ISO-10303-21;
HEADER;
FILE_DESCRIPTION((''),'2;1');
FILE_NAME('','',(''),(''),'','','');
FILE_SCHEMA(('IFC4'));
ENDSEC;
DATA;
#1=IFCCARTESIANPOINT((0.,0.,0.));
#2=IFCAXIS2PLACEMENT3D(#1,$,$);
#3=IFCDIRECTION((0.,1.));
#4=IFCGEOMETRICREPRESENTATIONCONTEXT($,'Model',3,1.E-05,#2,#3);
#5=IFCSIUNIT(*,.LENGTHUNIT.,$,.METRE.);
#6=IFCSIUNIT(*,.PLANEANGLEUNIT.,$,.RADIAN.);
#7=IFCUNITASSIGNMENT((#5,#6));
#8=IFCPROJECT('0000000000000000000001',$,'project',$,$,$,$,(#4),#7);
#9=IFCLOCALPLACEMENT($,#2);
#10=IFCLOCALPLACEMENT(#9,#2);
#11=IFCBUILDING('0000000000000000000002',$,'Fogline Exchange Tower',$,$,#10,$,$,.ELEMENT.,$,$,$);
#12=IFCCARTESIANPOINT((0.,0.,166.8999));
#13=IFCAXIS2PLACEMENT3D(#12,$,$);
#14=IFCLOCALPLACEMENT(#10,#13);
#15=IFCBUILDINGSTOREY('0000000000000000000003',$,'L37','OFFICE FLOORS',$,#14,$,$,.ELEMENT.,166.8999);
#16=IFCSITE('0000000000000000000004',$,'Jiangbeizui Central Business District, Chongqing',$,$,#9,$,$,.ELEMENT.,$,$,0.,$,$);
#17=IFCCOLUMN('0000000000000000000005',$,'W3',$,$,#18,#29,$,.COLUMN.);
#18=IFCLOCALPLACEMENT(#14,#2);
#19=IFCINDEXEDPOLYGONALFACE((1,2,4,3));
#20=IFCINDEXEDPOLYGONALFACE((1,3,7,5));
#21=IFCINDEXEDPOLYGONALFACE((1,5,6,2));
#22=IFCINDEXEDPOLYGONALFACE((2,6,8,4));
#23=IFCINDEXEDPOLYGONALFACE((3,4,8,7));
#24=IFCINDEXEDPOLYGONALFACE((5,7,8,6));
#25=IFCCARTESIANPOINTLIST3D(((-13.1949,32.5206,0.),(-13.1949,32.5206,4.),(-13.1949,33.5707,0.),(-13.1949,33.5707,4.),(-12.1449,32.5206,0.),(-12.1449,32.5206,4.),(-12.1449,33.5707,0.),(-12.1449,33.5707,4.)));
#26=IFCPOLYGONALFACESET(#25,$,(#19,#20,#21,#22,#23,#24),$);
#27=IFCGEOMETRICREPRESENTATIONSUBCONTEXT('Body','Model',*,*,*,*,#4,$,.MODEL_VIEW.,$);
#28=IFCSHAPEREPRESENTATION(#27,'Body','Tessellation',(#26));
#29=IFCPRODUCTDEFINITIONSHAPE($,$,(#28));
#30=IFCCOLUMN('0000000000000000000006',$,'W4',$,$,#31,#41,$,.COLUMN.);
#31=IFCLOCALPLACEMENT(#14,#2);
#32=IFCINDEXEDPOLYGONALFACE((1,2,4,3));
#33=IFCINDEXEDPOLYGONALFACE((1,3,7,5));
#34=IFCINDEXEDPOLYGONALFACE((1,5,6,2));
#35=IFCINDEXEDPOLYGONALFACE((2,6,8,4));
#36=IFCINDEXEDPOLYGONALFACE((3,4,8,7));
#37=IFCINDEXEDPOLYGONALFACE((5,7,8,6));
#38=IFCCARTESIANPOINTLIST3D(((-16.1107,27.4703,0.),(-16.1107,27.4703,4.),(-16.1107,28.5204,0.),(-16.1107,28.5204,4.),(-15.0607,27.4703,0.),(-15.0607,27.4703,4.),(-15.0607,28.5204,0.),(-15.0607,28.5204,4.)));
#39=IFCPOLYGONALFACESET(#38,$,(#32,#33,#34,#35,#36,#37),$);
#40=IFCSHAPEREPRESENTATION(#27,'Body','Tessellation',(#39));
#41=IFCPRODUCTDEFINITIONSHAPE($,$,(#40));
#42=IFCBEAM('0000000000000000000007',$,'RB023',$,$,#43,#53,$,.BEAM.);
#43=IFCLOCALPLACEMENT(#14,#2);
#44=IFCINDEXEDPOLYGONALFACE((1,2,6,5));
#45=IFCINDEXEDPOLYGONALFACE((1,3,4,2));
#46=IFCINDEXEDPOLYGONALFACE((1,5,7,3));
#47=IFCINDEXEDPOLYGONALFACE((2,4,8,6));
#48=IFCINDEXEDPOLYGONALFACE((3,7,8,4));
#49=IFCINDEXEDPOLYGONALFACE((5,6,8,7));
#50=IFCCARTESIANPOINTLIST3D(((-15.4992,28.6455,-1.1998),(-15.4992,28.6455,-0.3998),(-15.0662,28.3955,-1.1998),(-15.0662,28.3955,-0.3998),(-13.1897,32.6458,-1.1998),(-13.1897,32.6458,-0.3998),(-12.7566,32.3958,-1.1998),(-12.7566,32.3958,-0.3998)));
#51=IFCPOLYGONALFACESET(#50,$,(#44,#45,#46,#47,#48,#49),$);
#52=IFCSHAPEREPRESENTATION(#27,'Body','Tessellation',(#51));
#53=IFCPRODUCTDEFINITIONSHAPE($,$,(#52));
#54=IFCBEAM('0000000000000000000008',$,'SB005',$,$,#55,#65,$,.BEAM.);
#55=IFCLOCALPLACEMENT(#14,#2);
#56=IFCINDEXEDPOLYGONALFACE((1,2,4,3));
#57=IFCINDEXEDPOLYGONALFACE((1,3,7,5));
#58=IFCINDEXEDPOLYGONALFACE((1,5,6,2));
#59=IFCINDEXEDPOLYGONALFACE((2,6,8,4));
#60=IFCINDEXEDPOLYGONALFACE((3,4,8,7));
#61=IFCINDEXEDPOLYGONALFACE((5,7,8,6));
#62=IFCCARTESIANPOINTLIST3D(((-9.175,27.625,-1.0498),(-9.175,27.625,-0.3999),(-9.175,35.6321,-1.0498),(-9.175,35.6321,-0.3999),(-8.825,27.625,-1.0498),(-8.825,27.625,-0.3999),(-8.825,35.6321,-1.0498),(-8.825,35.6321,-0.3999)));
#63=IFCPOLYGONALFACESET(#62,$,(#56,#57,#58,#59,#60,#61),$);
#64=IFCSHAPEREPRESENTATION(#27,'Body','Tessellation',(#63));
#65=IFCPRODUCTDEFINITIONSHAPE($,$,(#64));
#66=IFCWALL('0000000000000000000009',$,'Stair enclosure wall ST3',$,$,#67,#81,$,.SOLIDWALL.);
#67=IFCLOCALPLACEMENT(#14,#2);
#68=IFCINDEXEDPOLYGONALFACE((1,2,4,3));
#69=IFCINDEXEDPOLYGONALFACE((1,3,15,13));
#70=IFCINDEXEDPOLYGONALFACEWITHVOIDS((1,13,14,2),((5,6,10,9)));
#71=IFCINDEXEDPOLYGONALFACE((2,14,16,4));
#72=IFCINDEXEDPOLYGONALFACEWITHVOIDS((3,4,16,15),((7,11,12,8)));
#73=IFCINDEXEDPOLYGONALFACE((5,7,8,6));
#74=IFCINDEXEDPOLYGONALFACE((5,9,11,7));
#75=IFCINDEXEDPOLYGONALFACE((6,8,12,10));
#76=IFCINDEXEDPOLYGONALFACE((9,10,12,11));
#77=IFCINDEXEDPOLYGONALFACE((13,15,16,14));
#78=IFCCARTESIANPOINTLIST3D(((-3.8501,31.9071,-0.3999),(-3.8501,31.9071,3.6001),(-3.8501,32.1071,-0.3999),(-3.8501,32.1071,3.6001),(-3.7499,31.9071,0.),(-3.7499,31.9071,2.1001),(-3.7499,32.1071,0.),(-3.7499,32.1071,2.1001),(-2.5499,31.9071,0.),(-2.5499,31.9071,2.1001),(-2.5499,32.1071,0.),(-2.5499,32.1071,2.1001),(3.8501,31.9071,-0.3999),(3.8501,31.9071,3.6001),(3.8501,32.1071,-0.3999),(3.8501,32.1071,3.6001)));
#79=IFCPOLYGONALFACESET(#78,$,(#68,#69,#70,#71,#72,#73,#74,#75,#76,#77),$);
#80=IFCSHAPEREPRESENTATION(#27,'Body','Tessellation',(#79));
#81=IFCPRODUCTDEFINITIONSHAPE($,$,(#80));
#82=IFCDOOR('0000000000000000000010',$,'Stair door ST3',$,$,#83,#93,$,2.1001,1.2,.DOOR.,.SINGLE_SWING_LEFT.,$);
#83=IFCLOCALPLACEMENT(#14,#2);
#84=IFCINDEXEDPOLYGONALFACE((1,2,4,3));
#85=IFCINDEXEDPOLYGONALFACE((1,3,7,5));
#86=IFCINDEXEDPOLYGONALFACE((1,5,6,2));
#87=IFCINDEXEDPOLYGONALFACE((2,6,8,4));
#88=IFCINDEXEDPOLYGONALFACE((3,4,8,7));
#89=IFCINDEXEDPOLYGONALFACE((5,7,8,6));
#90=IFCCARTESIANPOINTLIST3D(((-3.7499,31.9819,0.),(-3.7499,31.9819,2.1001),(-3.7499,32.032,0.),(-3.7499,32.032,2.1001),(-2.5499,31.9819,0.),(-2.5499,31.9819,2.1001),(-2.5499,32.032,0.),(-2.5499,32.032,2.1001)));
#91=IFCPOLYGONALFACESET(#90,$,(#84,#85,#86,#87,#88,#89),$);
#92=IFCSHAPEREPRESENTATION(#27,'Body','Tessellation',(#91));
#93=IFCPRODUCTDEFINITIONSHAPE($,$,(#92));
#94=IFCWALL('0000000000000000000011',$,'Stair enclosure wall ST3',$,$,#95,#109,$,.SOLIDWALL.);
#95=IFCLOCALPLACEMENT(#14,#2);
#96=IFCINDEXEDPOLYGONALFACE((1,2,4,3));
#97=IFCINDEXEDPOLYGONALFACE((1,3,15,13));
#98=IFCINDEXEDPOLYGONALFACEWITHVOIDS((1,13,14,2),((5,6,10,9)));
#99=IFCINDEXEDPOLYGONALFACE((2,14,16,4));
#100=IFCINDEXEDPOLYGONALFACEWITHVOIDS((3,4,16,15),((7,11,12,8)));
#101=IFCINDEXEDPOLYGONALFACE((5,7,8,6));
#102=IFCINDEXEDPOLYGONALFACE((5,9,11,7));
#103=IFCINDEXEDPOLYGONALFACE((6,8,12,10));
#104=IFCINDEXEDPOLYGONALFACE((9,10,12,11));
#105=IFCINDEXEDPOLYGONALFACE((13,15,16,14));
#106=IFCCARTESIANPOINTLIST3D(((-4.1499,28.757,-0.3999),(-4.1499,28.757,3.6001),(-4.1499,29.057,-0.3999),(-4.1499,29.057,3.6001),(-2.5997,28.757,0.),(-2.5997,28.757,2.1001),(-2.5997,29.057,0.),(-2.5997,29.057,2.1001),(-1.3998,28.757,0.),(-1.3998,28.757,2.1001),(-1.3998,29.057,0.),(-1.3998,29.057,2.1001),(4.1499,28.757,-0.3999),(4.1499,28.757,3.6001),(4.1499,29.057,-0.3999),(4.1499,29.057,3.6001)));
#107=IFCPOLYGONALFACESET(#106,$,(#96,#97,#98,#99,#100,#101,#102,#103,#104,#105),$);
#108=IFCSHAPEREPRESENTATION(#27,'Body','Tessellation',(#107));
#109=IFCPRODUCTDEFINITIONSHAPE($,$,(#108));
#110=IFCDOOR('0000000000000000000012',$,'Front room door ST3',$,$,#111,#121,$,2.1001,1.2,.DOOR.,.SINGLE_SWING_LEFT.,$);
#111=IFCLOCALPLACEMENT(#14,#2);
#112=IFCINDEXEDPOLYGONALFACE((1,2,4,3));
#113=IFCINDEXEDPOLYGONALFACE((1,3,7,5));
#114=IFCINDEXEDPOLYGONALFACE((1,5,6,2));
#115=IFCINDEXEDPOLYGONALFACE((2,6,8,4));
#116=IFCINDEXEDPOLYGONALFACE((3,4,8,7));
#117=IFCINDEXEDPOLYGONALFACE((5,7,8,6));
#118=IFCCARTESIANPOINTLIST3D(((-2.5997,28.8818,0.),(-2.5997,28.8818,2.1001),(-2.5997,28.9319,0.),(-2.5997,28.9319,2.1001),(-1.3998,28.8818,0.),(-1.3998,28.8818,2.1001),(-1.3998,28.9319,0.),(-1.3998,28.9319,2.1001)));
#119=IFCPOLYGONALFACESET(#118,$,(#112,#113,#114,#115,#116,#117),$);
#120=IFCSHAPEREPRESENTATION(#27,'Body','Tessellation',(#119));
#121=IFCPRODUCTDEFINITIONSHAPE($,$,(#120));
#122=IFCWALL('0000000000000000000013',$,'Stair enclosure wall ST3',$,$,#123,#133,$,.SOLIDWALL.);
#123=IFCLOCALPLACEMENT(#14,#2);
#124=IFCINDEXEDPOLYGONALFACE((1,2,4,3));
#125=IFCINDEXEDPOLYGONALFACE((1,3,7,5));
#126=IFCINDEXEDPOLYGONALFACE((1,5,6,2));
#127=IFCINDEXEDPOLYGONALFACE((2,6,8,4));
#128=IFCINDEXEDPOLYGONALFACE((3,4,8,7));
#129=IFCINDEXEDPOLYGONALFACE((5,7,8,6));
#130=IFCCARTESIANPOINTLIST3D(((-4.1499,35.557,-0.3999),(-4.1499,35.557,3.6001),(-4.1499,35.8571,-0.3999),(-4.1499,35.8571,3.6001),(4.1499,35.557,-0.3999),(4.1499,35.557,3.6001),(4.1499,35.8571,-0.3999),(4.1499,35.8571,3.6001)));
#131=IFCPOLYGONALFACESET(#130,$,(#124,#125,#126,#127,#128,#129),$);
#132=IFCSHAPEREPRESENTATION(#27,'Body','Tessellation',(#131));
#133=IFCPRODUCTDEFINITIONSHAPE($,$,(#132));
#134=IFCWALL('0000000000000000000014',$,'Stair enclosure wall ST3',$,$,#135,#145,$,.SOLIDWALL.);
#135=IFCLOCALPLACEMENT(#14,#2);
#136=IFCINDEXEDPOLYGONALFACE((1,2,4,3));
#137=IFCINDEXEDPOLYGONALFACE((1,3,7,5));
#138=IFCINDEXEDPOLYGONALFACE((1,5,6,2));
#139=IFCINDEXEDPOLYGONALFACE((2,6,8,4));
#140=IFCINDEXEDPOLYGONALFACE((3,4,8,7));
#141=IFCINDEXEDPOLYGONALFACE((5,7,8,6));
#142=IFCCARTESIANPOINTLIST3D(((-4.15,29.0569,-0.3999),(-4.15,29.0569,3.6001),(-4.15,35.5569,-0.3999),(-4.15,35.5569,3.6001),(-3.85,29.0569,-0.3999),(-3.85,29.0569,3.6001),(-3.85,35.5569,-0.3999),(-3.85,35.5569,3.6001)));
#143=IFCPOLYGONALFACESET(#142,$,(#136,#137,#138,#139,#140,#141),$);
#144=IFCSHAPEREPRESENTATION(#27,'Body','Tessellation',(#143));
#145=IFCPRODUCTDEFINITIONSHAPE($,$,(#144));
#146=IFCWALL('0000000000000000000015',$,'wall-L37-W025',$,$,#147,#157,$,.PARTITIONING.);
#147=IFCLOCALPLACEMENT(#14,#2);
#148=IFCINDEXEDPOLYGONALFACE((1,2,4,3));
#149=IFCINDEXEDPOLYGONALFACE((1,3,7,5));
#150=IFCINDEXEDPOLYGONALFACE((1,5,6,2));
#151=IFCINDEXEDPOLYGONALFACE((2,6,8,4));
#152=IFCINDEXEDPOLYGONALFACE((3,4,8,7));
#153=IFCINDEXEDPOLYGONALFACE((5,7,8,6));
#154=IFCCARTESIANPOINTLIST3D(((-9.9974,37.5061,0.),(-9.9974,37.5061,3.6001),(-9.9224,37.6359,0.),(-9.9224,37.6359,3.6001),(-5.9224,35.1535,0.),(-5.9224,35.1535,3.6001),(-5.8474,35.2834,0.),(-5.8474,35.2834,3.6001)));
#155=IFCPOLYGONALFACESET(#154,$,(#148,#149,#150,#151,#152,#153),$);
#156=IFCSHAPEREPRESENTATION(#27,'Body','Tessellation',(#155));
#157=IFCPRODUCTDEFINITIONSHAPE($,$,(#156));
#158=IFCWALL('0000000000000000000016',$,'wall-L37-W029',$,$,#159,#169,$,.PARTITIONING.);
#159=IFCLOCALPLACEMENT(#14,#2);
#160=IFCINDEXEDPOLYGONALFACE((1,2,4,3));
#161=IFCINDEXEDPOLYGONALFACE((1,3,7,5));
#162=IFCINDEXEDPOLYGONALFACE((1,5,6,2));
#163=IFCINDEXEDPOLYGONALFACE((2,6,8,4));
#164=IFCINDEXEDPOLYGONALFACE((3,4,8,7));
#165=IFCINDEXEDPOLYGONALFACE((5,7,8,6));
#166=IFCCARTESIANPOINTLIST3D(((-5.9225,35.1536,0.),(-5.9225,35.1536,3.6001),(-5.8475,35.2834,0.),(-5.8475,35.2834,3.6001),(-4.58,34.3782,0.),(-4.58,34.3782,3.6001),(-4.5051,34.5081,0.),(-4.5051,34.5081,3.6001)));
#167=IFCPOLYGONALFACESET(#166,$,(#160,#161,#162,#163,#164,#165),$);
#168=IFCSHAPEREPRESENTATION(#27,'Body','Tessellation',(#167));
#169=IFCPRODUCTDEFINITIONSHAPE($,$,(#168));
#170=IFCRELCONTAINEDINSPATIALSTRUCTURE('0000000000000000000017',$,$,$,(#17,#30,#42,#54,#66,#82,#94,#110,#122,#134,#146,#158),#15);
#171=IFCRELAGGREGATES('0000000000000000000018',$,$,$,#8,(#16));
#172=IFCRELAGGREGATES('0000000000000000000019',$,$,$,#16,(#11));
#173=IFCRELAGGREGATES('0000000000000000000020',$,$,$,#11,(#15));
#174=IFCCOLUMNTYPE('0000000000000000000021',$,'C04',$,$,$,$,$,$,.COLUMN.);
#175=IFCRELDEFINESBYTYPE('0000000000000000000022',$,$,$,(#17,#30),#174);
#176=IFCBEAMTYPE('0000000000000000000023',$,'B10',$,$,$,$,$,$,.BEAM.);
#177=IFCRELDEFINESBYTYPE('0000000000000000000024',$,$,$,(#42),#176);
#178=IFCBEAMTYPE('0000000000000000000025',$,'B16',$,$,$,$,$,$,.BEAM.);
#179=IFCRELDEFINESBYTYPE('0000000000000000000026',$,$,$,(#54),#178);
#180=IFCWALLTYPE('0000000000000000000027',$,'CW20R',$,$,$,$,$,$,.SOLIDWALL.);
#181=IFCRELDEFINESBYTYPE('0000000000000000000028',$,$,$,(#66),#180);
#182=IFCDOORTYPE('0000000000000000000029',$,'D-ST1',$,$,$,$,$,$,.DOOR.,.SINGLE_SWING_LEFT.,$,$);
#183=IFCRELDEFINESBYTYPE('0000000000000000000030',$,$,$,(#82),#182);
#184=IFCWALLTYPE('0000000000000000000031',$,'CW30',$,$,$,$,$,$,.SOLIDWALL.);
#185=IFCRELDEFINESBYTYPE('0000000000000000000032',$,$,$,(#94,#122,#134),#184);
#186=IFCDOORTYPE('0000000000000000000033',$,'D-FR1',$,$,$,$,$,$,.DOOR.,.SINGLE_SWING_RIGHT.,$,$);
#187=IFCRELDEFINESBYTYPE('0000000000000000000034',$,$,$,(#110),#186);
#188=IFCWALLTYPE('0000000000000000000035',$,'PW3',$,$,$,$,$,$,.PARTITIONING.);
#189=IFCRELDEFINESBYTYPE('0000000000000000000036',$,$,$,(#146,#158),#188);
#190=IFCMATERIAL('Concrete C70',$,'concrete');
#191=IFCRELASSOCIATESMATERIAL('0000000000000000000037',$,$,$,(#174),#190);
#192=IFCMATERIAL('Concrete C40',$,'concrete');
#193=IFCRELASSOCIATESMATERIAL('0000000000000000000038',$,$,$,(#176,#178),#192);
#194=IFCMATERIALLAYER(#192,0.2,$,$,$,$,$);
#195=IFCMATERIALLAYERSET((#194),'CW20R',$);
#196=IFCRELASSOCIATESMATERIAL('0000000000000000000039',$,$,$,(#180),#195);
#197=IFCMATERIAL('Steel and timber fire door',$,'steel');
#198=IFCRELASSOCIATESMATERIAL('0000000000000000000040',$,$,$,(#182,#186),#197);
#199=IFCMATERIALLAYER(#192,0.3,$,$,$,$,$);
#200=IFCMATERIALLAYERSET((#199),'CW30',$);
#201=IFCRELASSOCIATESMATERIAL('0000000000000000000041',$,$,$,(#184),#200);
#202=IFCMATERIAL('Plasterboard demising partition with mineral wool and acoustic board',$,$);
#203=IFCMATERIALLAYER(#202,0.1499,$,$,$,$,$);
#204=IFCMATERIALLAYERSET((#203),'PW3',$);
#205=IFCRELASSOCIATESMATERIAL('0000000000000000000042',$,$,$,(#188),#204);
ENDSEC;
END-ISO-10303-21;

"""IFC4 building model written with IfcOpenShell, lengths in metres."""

from ifc_helpers import new_model, si_unit, direction, frame, frame_2d, origin, origin_2d, place, context, subcontext, project, spatial, rectangle, extrude, material, layer, layer_set, material_profile, profile_set, type_object, element, fill, save


model = new_model("IFC4")

# Units and contexts
model_context = context("Model", 3, precision=1e-05, world=origin(), true_north=direction((0.0, 1.0)))
body_context = subcontext(model_context, "Body", "Model", "MODEL_VIEW")
ifc_project = project(units=[si_unit("LENGTHUNIT", "METRE"), si_unit("PLANEANGLEUNIT", "RADIAN")], contexts=[model_context])

# Site, building, storey
site_placement = place(None, origin())
site = spatial("IfcSite", under=ifc_project, at=site_placement, Name="Jiangbeizui Central Business District, Chongqing", CompositionType="ELEMENT", RefElevation=0.0)
building_placement = place(site_placement, origin())
building = spatial("IfcBuilding", under=site, at=building_placement, Name="Fogline Exchange Tower", CompositionType="ELEMENT")
storey_placement = place(building_placement, frame((0.0, 0.0, 166.8999)))
storey = spatial("IfcBuildingStorey", under=building, at=storey_placement, Name="L37", Description="OFFICE FLOORS", CompositionType="ELEMENT", Elevation=166.8999)

# Columns
ifc_material_1 = material(Name="Concrete C70", Category="concrete")
ifc_material_profile_1 = material_profile(ifc_material_1, rectangle(XDim=1.05, YDim=1.05, at=origin_2d()), Name="RC 1050x1050")
ifc_profile_set_1 = profile_set([ifc_material_profile_1], Name="Concrete C70")
column_type = type_object("IfcColumnType", Name="C04", PredefinedType="COLUMN", material=ifc_profile_set_1)
for number, where, z_axis, x_axis, name in (
    (1, (-12.6699, 33.0457, 0.0), (0.0, 0.0, 1.0), (1.0, 0.0, 0.0), "W3"),
    (2, (-15.5857, 27.9954, 0.0), (0.0, 0.0, 1.0), (1.0, 0.0, 0.0), "W4"),
):
    element("IfcColumn", number, at=place(storey_placement, frame(where, z_axis=z_axis, x_axis=x_axis)), inside=storey, type_object=column_type, Name=name, PredefinedType="COLUMN", context=body_context, shape_type="SweptSolid", body=[
        extrude(rectangle(XDim=1.05, YDim=1.05, at=origin_2d()), origin(), (0.0, 0.0, 1.0), 4.0),
    ])

# Beams
ifc_material_2 = material(Name="Concrete C40", Category="concrete")
ifc_material_profile_2 = material_profile(ifc_material_2, rectangle(XDim=0.5, YDim=0.8, at=origin_2d()), Name="RC 500x800")
ifc_profile_set_2 = profile_set([ifc_material_profile_2], Name="Concrete C40")
beam_type_1 = type_object("IfcBeamType", Name="B10", PredefinedType="BEAM", material=ifc_profile_set_2)
beam_1_placement = place(storey_placement, frame((-12.9731, 32.5208, -0.7998), z_axis=(-0.500005, -0.866023, 0.0), x_axis=(0.866023, -0.500005, 0.0)))
element("IfcBeam", 3, at=beam_1_placement, inside=storey, type_object=beam_type_1, Name="RB023", PredefinedType="BEAM", context=body_context, shape_type="SweptSolid", body=[
    extrude(rectangle(XDim=0.5, YDim=0.8, at=origin_2d()), origin(), (0.0, 0.0, 1.0), 4.6191),
])
ifc_material_profile_3 = material_profile(ifc_material_2, rectangle(XDim=0.3501, YDim=0.6499, at=origin_2d()), Name="RC 350x650")
ifc_profile_set_3 = profile_set([ifc_material_profile_3], Name="Concrete C40")
beam_type_2 = type_object("IfcBeamType", Name="B16", PredefinedType="BEAM", material=ifc_profile_set_3)
beam_2_placement = place(storey_placement, frame((-9.0, 27.625, -0.7249), z_axis=(0.0, 1.0, 0.0), x_axis=(-1.0, 0.0, 0.0)))
element("IfcBeam", 4, at=beam_2_placement, inside=storey, type_object=beam_type_2, Name="SB005", PredefinedType="BEAM", context=body_context, shape_type="SweptSolid", body=[
    extrude(rectangle(XDim=0.3501, YDim=0.6499, at=origin_2d()), origin(), (0.0, 0.0, 1.0), 8.0071),
])

# Walls, openings, doors
ifc_layer_1 = layer(ifc_material_2, 0.2)
ifc_layer_set_1 = layer_set([ifc_layer_1], Name="CW20R")
wall_type_1 = type_object("IfcWallType", Name="CW20R", PredefinedType="SOLIDWALL", material=ifc_layer_set_1)
wall_1_placement = place(storey_placement, frame((-3.8501, 32.0071, -0.3999), z_axis=(0.0, 0.0, 1.0), x_axis=(1.0, 0.0, 0.0)))
wall_1 = element("IfcWall", 5, at=wall_1_placement, inside=storey, type_object=wall_type_1, Name="Stair enclosure wall ST3", PredefinedType="SOLIDWALL", context=body_context, shape_type="SweptSolid", body=[
    extrude(rectangle(XDim=7.7002, YDim=0.2, at=frame_2d((3.8501, 0.0))), origin(), (0.0, 0.0, 1.0), 4.0),
])
opening_1_placement = place(wall_1_placement, frame((0.1001, 0.0, 0.3999)))
opening_1 = element("IfcOpeningElement", 6, at=opening_1_placement, cuts=wall_1, PredefinedType="OPENING", context=body_context, shape_type="SweptSolid", body=[
    extrude(rectangle(XDim=1.2, YDim=2.1001, at=frame_2d((0.6001, 1.05))), frame((0.0, 0.1099, 0.0), z_axis=(0.0, -1.0, 0.0), x_axis=(1.0, 0.0, 0.0)), (0.0, 0.0, 1.0), 0.22),
])
ifc_material_3 = material(Name="Steel and timber fire door", Category="steel")
door_type_1 = type_object("IfcDoorType", Name="D-ST1", OperationType="SINGLE_SWING_LEFT", PredefinedType="DOOR", material=ifc_material_3)
door_1_placement = place(opening_1_placement, origin())
door_1 = element("IfcDoor", 7, at=door_1_placement, inside=storey, type_object=door_type_1, Name="Stair door ST3", OperationType="SINGLE_SWING_LEFT", OverallHeight=2.1001, OverallWidth=1.2, PredefinedType="DOOR", context=body_context, shape_type="SweptSolid", body=[
    extrude(rectangle(XDim=1.2, YDim=2.1001, at=frame_2d((0.6001, 1.05))), frame((0.0, 0.0249, 0.0), z_axis=(0.0, -1.0, 0.0), x_axis=(1.0, 0.0, 0.0)), (0.0, 0.0, 1.0), 0.05),
])
fill(opening_1, door_1)
ifc_layer_2 = layer(ifc_material_2, 0.3)
ifc_layer_set_2 = layer_set([ifc_layer_2], Name="CW30")
wall_type_2 = type_object("IfcWallType", Name="CW30", PredefinedType="SOLIDWALL", material=ifc_layer_set_2)
wall_2_placement = place(storey_placement, frame((-4.1499, 28.907, -0.3999), z_axis=(0.0, 0.0, 1.0), x_axis=(1.0, 0.0, 0.0)))
wall_2 = element("IfcWall", 8, at=wall_2_placement, inside=storey, type_object=wall_type_2, Name="Stair enclosure wall ST3", PredefinedType="SOLIDWALL", context=body_context, shape_type="SweptSolid", body=[
    extrude(rectangle(XDim=8.2998, YDim=0.3, at=frame_2d((4.1499, 0.0))), origin(), (0.0, 0.0, 1.0), 4.0),
])
opening_2_placement = place(wall_2_placement, frame((1.55, 0.0, 0.3999)))
opening_2 = element("IfcOpeningElement", 9, at=opening_2_placement, cuts=wall_2, PredefinedType="OPENING", context=body_context, shape_type="SweptSolid", body=[
    extrude(rectangle(XDim=1.2, YDim=2.1001, at=frame_2d((0.6001, 1.05))), frame((0.0, 0.1602, 0.0), z_axis=(0.0, -1.0, 0.0), x_axis=(1.0, 0.0, 0.0)), (0.0, 0.0, 1.0), 0.3201),
])
door_type_2 = type_object("IfcDoorType", Name="D-FR1", OperationType="SINGLE_SWING_RIGHT", PredefinedType="DOOR", material=ifc_material_3)
door_2_placement = place(opening_2_placement, origin())
door_2 = element("IfcDoor", 10, at=door_2_placement, inside=storey, type_object=door_type_2, Name="Front room door ST3", OperationType="SINGLE_SWING_LEFT", OverallHeight=2.1001, OverallWidth=1.2, PredefinedType="DOOR", context=body_context, shape_type="SweptSolid", body=[
    extrude(rectangle(XDim=1.2, YDim=2.1001, at=frame_2d((0.6001, 1.05))), frame((0.0, 0.0249, 0.0), z_axis=(0.0, -1.0, 0.0), x_axis=(1.0, 0.0, 0.0)), (0.0, 0.0, 1.0), 0.05),
])
fill(opening_2, door_2)

# Walls
wall_3_placement = place(storey_placement, frame((-4.1499, 35.707, -0.3999), z_axis=(0.0, 0.0, 1.0), x_axis=(1.0, 0.0, 0.0)))
element("IfcWall", 11, at=wall_3_placement, inside=storey, type_object=wall_type_2, Name="Stair enclosure wall ST3", PredefinedType="SOLIDWALL", context=body_context, shape_type="SweptSolid", body=[
    extrude(rectangle(XDim=8.2998, YDim=0.3, at=frame_2d((4.1499, 0.0))), origin(), (0.0, 0.0, 1.0), 4.0),
])
wall_4_placement = place(storey_placement, frame((-4.0, 29.0569, -0.3999), z_axis=(0.0, 0.0, 1.0), x_axis=(0.0, 1.0, 0.0)))
element("IfcWall", 12, at=wall_4_placement, inside=storey, type_object=wall_type_2, Name="Stair enclosure wall ST3", PredefinedType="SOLIDWALL", context=body_context, shape_type="SweptSolid", body=[
    extrude(rectangle(XDim=6.5, YDim=0.3, at=frame_2d((3.25, 0.0))), origin(), (0.0, 0.0, 1.0), 4.0),
])
ifc_material_4 = material(Name="Plasterboard demising partition with mineral wool and acoustic board")
ifc_layer_3 = layer(ifc_material_4, 0.1499)
ifc_layer_set_3 = layer_set([ifc_layer_3], Name="PW3")
wall_type_3 = type_object("IfcWallType", Name="PW3", PredefinedType="PARTITIONING", material=ifc_layer_set_3)
wall_5_placement = place(storey_placement, frame((-5.885, 35.2185, 0.0), z_axis=(0.0, 0.0, 1.0), x_axis=(-0.866038, 0.499978, 0.0)))
element("IfcWall", 13, at=wall_5_placement, inside=storey, type_object=wall_type_3, Name="wall-L37-W025", PredefinedType="PARTITIONING", context=body_context, shape_type="SweptSolid", body=[
    extrude(rectangle(XDim=4.7053, YDim=0.1499, at=frame_2d((2.3525, 0.0))), origin(), (0.0, 0.0, 1.0), 3.6001),
])
wall_6_placement = place(storey_placement, frame((-5.885, 35.2185, 0.0), z_axis=(0.0, 0.0, 1.0), x_axis=(0.865947, -0.500136, 0.0)))
element("IfcWall", 14, at=wall_6_placement, inside=storey, type_object=wall_type_3, Name="wall-L37-W029", PredefinedType="PARTITIONING", context=body_context, shape_type="SweptSolid", body=[
    extrude(rectangle(XDim=1.5503, YDim=0.1499, at=frame_2d((0.7751, 0.0))), origin(), (0.0, 0.0, 1.0), 3.6001),
])

save(model, "model.ifc")
